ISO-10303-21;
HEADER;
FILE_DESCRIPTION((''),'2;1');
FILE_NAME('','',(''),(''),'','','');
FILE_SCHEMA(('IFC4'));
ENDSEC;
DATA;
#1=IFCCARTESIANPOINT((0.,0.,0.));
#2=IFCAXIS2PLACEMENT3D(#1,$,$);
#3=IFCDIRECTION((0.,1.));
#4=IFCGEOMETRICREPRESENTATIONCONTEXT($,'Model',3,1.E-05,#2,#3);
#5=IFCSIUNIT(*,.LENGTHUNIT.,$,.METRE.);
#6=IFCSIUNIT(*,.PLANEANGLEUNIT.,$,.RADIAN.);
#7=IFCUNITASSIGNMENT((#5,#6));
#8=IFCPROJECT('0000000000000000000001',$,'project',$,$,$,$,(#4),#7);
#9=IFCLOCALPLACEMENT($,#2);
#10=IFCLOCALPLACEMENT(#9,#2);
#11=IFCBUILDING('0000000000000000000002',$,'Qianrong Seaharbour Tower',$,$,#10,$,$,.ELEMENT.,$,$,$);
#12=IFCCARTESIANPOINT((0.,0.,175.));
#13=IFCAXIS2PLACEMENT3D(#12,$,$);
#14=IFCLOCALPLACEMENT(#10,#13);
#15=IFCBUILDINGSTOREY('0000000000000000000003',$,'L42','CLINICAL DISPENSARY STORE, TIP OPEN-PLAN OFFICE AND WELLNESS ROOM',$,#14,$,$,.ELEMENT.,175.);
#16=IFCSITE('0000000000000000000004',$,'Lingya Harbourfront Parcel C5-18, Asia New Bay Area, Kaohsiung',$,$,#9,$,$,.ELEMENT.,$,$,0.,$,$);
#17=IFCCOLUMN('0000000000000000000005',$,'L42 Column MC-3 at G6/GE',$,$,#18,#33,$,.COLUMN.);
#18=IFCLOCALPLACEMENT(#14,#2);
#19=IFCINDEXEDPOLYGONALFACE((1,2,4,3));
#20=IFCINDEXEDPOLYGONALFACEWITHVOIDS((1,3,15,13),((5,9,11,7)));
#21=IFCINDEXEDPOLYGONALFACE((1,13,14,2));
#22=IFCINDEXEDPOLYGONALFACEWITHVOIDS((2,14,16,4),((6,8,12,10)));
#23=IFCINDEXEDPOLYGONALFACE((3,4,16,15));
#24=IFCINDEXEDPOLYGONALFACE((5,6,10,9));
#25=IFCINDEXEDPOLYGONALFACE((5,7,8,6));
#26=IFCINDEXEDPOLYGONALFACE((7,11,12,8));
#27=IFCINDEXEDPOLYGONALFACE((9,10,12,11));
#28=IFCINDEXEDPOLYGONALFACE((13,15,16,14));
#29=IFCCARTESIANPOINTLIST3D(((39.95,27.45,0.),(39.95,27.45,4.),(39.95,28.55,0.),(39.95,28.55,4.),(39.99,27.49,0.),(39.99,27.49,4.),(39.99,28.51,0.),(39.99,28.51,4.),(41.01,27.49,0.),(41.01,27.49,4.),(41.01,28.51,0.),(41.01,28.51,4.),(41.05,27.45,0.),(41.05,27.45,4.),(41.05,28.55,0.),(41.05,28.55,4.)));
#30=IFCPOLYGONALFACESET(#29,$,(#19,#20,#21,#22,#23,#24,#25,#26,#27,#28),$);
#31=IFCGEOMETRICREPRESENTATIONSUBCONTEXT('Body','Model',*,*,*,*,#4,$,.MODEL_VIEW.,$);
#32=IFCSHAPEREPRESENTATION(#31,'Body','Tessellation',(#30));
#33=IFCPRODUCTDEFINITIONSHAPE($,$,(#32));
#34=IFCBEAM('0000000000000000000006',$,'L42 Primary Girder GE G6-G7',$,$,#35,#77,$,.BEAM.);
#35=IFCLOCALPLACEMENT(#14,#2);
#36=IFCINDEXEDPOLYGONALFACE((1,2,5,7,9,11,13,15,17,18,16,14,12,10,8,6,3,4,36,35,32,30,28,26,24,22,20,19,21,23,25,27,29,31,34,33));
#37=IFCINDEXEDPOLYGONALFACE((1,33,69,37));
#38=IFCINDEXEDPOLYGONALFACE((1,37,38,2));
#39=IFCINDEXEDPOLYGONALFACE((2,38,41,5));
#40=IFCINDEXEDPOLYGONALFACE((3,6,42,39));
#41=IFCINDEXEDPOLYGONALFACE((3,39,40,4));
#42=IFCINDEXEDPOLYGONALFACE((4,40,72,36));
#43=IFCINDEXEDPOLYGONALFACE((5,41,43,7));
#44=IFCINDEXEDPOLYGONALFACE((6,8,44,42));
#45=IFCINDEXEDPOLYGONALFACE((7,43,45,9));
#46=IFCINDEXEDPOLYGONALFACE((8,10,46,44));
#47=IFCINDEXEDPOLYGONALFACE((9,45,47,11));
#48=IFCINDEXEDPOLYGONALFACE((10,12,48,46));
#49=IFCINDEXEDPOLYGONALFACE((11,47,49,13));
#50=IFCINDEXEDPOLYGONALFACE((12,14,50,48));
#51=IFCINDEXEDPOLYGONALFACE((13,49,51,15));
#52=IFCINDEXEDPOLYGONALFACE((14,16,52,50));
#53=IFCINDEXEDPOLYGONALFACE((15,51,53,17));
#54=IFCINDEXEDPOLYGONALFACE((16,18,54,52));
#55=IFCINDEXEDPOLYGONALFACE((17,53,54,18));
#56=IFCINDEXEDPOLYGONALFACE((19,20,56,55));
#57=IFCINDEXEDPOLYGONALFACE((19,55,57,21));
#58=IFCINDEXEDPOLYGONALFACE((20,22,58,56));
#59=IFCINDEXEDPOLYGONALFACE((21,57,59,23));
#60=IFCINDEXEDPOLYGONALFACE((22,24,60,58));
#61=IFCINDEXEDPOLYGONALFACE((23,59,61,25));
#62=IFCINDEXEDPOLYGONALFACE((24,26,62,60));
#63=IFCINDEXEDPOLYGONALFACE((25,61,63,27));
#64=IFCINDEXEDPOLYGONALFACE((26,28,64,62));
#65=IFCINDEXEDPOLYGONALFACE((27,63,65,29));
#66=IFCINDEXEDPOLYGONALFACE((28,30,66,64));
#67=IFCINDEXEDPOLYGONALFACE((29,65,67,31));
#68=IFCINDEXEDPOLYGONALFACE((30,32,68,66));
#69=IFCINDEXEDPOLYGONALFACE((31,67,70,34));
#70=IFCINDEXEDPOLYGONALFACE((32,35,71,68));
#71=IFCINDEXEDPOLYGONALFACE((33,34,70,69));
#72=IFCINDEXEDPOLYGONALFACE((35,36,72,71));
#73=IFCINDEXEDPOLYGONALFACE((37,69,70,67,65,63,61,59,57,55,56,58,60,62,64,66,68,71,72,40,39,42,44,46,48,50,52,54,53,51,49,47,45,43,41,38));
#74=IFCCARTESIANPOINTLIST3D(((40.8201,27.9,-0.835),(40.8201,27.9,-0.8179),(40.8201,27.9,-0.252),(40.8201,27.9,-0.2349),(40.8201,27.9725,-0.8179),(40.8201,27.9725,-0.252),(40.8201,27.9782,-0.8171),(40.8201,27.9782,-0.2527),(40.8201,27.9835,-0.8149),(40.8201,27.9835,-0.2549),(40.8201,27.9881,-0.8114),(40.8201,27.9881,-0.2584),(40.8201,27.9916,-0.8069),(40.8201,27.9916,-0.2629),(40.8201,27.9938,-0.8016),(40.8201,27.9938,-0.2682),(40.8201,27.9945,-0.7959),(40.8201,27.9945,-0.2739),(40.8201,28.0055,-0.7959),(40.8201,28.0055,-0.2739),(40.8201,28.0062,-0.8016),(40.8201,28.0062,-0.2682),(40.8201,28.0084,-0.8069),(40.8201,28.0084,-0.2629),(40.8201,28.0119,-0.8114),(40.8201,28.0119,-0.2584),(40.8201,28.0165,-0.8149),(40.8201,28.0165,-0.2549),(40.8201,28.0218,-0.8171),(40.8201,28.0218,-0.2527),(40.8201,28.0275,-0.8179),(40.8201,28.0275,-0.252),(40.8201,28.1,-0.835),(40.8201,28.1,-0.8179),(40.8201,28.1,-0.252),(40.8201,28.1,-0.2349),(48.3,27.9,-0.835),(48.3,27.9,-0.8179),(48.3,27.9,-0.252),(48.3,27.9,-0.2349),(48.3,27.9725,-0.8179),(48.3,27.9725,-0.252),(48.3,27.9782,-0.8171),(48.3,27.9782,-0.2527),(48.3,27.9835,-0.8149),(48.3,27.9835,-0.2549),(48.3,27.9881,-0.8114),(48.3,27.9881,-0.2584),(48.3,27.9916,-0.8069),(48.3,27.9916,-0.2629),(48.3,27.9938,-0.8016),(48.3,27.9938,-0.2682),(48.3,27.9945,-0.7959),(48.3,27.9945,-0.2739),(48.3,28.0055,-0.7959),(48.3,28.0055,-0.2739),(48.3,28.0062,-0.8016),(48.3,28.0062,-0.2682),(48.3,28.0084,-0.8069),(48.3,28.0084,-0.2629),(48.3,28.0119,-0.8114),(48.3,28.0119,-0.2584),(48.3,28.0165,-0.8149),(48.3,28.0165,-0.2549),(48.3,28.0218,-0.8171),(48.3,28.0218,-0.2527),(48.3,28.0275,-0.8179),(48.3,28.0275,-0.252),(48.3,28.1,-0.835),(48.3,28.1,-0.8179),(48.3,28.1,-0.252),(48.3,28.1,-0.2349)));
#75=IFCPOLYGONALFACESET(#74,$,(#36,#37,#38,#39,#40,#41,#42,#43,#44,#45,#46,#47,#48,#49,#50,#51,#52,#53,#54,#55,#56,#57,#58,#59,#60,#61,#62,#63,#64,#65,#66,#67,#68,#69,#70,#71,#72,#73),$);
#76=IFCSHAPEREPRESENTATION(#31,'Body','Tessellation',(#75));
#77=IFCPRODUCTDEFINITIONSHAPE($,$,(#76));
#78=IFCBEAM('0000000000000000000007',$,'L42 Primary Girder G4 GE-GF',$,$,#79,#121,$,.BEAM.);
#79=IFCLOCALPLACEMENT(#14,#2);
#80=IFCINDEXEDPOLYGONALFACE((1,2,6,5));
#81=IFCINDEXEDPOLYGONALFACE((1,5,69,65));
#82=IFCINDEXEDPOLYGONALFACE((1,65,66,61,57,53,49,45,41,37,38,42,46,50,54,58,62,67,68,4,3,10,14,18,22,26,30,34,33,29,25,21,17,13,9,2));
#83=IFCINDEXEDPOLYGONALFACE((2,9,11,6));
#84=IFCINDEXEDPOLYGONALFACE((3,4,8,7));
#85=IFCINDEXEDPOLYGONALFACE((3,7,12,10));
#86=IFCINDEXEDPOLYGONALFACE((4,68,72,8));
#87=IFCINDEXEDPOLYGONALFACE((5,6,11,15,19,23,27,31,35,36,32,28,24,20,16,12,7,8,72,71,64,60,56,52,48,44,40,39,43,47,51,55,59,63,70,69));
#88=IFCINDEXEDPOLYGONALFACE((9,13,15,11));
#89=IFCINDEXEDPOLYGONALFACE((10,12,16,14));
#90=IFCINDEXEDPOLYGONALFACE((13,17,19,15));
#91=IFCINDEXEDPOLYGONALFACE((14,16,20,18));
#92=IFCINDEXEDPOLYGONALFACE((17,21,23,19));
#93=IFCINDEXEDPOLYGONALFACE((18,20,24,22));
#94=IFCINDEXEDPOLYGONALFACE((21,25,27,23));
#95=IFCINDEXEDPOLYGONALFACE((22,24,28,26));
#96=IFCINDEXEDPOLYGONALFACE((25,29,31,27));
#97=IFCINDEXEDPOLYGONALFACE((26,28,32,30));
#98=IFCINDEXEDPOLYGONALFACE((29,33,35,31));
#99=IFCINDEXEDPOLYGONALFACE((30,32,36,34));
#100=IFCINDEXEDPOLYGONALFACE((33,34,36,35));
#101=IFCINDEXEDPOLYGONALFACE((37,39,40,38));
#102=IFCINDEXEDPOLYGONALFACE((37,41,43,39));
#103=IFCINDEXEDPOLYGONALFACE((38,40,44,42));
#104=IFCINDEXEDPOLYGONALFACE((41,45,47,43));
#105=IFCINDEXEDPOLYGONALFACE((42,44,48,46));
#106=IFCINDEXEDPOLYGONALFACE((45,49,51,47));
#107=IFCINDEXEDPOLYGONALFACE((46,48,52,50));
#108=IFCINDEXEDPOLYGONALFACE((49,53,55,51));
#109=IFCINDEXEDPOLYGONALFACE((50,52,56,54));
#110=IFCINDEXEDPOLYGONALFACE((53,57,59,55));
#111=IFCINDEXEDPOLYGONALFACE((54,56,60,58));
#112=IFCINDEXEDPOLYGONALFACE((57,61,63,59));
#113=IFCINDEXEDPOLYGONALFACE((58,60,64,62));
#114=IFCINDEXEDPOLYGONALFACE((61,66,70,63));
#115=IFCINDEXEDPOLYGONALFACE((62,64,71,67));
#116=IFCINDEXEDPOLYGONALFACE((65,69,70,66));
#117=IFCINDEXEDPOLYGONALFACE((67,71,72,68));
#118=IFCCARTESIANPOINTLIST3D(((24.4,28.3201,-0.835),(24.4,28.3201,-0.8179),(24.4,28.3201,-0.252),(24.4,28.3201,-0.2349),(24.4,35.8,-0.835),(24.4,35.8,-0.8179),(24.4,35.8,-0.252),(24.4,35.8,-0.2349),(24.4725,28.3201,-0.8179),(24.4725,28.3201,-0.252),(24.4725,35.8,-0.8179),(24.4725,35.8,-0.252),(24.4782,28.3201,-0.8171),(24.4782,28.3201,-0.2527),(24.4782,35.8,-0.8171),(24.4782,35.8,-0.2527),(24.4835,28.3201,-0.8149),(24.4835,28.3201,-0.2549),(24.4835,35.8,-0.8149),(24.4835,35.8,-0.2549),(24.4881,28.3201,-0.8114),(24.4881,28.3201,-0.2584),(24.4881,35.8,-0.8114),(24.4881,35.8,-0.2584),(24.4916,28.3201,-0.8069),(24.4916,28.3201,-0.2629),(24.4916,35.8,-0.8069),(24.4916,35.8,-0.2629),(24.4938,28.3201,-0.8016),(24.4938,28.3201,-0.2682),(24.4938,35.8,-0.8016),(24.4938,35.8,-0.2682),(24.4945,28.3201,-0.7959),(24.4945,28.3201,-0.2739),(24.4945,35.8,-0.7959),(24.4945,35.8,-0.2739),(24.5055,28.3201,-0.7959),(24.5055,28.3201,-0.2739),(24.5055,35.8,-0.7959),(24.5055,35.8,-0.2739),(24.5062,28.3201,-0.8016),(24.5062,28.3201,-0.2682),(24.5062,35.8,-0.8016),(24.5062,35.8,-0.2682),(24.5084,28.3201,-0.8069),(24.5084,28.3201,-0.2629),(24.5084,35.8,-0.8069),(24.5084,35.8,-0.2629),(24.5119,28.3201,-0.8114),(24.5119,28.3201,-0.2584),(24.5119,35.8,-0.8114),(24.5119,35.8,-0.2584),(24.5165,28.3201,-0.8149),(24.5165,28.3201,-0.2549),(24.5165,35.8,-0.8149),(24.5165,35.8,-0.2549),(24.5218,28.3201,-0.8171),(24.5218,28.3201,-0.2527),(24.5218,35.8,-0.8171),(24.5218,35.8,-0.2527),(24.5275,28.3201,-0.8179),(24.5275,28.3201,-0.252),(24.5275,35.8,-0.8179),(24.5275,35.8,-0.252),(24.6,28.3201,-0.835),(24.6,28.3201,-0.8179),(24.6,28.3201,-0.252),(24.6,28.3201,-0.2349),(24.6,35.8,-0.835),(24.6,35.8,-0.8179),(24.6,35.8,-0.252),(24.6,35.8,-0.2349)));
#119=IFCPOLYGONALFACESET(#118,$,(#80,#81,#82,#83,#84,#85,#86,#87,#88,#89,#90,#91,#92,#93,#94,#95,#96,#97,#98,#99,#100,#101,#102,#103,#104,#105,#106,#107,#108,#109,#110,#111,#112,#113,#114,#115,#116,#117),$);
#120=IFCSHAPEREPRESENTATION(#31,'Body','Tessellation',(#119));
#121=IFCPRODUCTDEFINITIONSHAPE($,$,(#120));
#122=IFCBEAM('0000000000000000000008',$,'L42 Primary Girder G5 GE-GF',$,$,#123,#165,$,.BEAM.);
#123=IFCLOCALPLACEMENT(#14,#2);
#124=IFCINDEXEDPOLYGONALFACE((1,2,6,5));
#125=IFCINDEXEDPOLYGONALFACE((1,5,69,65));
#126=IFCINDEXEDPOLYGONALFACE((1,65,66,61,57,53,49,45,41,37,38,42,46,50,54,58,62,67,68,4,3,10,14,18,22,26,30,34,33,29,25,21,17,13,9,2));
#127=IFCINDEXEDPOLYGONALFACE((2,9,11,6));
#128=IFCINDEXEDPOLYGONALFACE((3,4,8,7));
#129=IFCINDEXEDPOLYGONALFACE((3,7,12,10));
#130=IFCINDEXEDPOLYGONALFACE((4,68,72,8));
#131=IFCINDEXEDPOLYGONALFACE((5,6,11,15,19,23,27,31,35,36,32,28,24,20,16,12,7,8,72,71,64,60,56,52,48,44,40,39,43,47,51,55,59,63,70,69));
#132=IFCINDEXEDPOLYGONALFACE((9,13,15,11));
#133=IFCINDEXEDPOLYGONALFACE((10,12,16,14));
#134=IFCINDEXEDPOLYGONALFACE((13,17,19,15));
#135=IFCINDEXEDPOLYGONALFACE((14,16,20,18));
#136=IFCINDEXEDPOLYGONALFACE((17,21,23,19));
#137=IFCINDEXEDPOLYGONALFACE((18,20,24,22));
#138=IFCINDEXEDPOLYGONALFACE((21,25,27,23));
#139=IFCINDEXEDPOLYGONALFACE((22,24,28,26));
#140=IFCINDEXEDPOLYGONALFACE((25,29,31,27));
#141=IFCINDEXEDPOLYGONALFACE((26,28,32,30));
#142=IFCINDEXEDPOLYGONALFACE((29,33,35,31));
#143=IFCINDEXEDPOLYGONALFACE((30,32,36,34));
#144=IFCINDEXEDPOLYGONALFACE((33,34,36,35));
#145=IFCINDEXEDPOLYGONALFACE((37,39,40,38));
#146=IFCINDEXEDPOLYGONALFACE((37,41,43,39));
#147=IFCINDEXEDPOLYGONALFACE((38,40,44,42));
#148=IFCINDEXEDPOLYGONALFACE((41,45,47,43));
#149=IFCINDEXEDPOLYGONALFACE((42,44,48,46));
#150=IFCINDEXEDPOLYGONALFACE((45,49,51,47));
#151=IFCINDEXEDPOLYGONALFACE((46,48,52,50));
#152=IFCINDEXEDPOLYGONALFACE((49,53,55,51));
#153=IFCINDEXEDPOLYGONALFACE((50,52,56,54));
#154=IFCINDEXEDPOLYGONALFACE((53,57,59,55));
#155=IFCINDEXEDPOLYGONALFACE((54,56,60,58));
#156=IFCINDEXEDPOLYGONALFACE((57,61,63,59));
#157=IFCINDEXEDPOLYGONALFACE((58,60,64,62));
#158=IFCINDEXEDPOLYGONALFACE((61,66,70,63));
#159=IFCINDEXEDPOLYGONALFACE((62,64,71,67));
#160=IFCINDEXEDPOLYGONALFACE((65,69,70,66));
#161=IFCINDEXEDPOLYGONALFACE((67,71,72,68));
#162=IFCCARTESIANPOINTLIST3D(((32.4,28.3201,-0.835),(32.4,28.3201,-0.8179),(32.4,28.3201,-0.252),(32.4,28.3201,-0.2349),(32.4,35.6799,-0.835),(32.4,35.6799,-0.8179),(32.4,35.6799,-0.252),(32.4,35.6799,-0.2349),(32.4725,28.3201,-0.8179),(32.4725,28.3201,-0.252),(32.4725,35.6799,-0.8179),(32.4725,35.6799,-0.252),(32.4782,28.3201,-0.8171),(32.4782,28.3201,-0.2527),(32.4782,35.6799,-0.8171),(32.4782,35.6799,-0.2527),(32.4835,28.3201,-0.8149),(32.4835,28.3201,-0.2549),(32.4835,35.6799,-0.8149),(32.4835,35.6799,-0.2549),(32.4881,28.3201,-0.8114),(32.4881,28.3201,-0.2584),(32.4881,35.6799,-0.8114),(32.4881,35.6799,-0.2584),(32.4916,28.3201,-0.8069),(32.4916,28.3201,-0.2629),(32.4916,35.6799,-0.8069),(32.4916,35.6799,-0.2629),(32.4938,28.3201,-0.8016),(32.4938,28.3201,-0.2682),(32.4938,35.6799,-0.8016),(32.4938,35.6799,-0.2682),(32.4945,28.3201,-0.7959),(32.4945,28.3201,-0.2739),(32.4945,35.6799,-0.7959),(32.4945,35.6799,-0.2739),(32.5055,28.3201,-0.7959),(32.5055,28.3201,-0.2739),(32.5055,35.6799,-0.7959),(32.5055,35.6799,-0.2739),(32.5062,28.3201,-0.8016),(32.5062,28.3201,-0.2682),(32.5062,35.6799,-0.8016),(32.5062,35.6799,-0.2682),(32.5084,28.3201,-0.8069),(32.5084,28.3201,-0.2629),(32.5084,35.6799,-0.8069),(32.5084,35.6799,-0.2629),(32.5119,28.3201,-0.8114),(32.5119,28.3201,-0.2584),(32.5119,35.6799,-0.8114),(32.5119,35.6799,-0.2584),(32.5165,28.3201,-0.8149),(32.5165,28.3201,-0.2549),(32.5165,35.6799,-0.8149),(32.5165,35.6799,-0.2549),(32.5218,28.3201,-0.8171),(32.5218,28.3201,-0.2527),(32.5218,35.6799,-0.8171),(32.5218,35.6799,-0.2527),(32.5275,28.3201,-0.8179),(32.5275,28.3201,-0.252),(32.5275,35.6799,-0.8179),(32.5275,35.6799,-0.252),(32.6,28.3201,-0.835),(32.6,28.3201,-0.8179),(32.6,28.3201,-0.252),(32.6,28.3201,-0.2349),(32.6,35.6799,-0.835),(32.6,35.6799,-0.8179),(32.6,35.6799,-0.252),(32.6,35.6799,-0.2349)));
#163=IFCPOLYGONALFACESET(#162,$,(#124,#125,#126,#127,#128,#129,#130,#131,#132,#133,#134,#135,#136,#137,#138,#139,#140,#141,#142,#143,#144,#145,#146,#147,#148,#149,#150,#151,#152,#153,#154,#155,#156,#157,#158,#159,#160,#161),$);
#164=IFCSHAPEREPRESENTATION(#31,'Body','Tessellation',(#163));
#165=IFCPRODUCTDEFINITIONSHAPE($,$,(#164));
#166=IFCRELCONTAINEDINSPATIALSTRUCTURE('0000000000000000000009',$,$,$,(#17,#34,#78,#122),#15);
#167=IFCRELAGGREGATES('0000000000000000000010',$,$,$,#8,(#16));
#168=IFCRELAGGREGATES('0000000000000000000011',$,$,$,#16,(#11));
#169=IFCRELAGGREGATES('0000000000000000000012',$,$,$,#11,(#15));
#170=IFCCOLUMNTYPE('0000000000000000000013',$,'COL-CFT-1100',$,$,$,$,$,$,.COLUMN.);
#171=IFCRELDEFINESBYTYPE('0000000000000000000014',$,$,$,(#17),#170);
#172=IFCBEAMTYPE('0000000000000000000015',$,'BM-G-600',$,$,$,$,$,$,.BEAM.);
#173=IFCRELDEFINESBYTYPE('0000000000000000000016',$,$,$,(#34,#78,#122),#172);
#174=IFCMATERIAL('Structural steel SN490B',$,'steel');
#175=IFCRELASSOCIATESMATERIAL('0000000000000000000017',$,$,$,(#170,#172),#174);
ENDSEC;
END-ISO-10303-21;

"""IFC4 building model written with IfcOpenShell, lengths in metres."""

from ifc_helpers import new_model, si_unit, direction, frame, origin, origin_2d, place, context, subcontext, project, spatial, hollow_rectangle, i_section, extrude, material, material_profile, profile_set, type_object, element, save


model = new_model("IFC4")

# Units and contexts
model_context = context("Model", 3, precision=1e-05, world=origin(), true_north=direction((0.0, 1.0)))
body_context = subcontext(model_context, "Body", "Model", "MODEL_VIEW")
ifc_project = project(units=[si_unit("LENGTHUNIT", "METRE"), si_unit("PLANEANGLEUNIT", "RADIAN")], contexts=[model_context])

# Site, building, storey
site_placement = place(None, origin())
site = spatial("IfcSite", under=ifc_project, at=site_placement, Name="Lingya Harbourfront Parcel C5-18, Asia New Bay Area, Kaohsiung", CompositionType="ELEMENT", RefElevation=0.0)
building_placement = place(site_placement, origin())
building = spatial("IfcBuilding", under=site, at=building_placement, Name="Qianrong Seaharbour Tower", CompositionType="ELEMENT")
storey_placement = place(building_placement, frame((0.0, 0.0, 175.0)))
storey = spatial("IfcBuildingStorey", under=building, at=storey_placement, Name="L42", Description="CLINICAL DISPENSARY STORE, TIP OPEN-PLAN OFFICE AND WELLNESS ROOM", CompositionType="ELEMENT", Elevation=175.0)

# Column
ifc_material_1 = material(Name="Structural steel SN490B", Category="steel")
ifc_material_profile_1 = material_profile(ifc_material_1, hollow_rectangle(XDim=1.1001, YDim=1.1001, WallThickness=0.04, at=origin_2d()), Name="BOX1100x1100x40")
ifc_profile_set_1 = profile_set([ifc_material_profile_1], Name="Structural steel SN490B")
column_type = type_object("IfcColumnType", Name="COL-CFT-1100", PredefinedType="COLUMN", material=ifc_profile_set_1)
column_placement = place(storey_placement, frame((40.5, 28.0, 0.0), z_axis=(0.0, 0.0, 1.0), x_axis=(1.0, 0.0, 0.0)))
element("IfcColumn", 1, at=column_placement, inside=storey, type_object=column_type, Name="L42 Column MC-3 at G6/GE", PredefinedType="COLUMN", context=body_context, shape_type="SweptSolid", body=[
    extrude(hollow_rectangle(XDim=1.1001, YDim=1.1001, WallThickness=0.04, at=origin_2d()), origin(), (0.0, 0.0, 1.0), 4.0),
])

# Beams
ifc_material_profile_2 = material_profile(ifc_material_1, i_section(OverallWidth=0.2, OverallDepth=0.6001, WebThickness=0.011, FlangeThickness=0.0171, FilletRadius=0.022, at=origin_2d()), Name="H600x200x11x17")
ifc_profile_set_2 = profile_set([ifc_material_profile_2], Name="Structural steel SN490B")
beam_type_1 = type_object("IfcBeamType", Name="BM-G-600", PredefinedType="BEAM", material=ifc_profile_set_2)
for number, where, z_axis, x_axis, name in (
    (2, (40.8201, 28.0, -0.5349), (1.0, 0.0, 0.0), (0.0, 1.0, 0.0), "L42 Primary Girder GE G6-G7"),
    (3, (24.5, 28.3201, -0.5349), (0.0, 1.0, 0.0), (-1.0, 0.0, 0.0), "L42 Primary Girder G4 GE-GF"),
):
    element("IfcBeam", number, at=place(storey_placement, frame(where, z_axis=z_axis, x_axis=x_axis)), inside=storey, type_object=beam_type_1, Name=name, PredefinedType="BEAM", context=body_context, shape_type="SweptSolid", body=[
        extrude(i_section(OverallWidth=0.2, OverallDepth=0.6001, WebThickness=0.011, FlangeThickness=0.0171, FilletRadius=0.022, at=origin_2d()), origin(), (0.0, 0.0, 1.0), 7.48),
    ])
for number, where, z_axis, x_axis, name in (
    (4, (32.5, 28.3201, -0.5349), (0.0, 1.0, 0.0), (-1.0, 0.0, 0.0), "L42 Primary Girder G5 GE-GF"),
):
    element("IfcBeam", number, at=place(storey_placement, frame(where, z_axis=z_axis, x_axis=x_axis)), inside=storey, type_object=beam_type_1, Name=name, PredefinedType="BEAM", context=body_context, shape_type="SweptSolid", body=[
        extrude(i_section(OverallWidth=0.2, OverallDepth=0.6001, WebThickness=0.011, FlangeThickness=0.0171, FilletRadius=0.022, at=origin_2d()), origin(), (0.0, 0.0, 1.0), 7.3599),
    ])

save(model, "model.ifc")
